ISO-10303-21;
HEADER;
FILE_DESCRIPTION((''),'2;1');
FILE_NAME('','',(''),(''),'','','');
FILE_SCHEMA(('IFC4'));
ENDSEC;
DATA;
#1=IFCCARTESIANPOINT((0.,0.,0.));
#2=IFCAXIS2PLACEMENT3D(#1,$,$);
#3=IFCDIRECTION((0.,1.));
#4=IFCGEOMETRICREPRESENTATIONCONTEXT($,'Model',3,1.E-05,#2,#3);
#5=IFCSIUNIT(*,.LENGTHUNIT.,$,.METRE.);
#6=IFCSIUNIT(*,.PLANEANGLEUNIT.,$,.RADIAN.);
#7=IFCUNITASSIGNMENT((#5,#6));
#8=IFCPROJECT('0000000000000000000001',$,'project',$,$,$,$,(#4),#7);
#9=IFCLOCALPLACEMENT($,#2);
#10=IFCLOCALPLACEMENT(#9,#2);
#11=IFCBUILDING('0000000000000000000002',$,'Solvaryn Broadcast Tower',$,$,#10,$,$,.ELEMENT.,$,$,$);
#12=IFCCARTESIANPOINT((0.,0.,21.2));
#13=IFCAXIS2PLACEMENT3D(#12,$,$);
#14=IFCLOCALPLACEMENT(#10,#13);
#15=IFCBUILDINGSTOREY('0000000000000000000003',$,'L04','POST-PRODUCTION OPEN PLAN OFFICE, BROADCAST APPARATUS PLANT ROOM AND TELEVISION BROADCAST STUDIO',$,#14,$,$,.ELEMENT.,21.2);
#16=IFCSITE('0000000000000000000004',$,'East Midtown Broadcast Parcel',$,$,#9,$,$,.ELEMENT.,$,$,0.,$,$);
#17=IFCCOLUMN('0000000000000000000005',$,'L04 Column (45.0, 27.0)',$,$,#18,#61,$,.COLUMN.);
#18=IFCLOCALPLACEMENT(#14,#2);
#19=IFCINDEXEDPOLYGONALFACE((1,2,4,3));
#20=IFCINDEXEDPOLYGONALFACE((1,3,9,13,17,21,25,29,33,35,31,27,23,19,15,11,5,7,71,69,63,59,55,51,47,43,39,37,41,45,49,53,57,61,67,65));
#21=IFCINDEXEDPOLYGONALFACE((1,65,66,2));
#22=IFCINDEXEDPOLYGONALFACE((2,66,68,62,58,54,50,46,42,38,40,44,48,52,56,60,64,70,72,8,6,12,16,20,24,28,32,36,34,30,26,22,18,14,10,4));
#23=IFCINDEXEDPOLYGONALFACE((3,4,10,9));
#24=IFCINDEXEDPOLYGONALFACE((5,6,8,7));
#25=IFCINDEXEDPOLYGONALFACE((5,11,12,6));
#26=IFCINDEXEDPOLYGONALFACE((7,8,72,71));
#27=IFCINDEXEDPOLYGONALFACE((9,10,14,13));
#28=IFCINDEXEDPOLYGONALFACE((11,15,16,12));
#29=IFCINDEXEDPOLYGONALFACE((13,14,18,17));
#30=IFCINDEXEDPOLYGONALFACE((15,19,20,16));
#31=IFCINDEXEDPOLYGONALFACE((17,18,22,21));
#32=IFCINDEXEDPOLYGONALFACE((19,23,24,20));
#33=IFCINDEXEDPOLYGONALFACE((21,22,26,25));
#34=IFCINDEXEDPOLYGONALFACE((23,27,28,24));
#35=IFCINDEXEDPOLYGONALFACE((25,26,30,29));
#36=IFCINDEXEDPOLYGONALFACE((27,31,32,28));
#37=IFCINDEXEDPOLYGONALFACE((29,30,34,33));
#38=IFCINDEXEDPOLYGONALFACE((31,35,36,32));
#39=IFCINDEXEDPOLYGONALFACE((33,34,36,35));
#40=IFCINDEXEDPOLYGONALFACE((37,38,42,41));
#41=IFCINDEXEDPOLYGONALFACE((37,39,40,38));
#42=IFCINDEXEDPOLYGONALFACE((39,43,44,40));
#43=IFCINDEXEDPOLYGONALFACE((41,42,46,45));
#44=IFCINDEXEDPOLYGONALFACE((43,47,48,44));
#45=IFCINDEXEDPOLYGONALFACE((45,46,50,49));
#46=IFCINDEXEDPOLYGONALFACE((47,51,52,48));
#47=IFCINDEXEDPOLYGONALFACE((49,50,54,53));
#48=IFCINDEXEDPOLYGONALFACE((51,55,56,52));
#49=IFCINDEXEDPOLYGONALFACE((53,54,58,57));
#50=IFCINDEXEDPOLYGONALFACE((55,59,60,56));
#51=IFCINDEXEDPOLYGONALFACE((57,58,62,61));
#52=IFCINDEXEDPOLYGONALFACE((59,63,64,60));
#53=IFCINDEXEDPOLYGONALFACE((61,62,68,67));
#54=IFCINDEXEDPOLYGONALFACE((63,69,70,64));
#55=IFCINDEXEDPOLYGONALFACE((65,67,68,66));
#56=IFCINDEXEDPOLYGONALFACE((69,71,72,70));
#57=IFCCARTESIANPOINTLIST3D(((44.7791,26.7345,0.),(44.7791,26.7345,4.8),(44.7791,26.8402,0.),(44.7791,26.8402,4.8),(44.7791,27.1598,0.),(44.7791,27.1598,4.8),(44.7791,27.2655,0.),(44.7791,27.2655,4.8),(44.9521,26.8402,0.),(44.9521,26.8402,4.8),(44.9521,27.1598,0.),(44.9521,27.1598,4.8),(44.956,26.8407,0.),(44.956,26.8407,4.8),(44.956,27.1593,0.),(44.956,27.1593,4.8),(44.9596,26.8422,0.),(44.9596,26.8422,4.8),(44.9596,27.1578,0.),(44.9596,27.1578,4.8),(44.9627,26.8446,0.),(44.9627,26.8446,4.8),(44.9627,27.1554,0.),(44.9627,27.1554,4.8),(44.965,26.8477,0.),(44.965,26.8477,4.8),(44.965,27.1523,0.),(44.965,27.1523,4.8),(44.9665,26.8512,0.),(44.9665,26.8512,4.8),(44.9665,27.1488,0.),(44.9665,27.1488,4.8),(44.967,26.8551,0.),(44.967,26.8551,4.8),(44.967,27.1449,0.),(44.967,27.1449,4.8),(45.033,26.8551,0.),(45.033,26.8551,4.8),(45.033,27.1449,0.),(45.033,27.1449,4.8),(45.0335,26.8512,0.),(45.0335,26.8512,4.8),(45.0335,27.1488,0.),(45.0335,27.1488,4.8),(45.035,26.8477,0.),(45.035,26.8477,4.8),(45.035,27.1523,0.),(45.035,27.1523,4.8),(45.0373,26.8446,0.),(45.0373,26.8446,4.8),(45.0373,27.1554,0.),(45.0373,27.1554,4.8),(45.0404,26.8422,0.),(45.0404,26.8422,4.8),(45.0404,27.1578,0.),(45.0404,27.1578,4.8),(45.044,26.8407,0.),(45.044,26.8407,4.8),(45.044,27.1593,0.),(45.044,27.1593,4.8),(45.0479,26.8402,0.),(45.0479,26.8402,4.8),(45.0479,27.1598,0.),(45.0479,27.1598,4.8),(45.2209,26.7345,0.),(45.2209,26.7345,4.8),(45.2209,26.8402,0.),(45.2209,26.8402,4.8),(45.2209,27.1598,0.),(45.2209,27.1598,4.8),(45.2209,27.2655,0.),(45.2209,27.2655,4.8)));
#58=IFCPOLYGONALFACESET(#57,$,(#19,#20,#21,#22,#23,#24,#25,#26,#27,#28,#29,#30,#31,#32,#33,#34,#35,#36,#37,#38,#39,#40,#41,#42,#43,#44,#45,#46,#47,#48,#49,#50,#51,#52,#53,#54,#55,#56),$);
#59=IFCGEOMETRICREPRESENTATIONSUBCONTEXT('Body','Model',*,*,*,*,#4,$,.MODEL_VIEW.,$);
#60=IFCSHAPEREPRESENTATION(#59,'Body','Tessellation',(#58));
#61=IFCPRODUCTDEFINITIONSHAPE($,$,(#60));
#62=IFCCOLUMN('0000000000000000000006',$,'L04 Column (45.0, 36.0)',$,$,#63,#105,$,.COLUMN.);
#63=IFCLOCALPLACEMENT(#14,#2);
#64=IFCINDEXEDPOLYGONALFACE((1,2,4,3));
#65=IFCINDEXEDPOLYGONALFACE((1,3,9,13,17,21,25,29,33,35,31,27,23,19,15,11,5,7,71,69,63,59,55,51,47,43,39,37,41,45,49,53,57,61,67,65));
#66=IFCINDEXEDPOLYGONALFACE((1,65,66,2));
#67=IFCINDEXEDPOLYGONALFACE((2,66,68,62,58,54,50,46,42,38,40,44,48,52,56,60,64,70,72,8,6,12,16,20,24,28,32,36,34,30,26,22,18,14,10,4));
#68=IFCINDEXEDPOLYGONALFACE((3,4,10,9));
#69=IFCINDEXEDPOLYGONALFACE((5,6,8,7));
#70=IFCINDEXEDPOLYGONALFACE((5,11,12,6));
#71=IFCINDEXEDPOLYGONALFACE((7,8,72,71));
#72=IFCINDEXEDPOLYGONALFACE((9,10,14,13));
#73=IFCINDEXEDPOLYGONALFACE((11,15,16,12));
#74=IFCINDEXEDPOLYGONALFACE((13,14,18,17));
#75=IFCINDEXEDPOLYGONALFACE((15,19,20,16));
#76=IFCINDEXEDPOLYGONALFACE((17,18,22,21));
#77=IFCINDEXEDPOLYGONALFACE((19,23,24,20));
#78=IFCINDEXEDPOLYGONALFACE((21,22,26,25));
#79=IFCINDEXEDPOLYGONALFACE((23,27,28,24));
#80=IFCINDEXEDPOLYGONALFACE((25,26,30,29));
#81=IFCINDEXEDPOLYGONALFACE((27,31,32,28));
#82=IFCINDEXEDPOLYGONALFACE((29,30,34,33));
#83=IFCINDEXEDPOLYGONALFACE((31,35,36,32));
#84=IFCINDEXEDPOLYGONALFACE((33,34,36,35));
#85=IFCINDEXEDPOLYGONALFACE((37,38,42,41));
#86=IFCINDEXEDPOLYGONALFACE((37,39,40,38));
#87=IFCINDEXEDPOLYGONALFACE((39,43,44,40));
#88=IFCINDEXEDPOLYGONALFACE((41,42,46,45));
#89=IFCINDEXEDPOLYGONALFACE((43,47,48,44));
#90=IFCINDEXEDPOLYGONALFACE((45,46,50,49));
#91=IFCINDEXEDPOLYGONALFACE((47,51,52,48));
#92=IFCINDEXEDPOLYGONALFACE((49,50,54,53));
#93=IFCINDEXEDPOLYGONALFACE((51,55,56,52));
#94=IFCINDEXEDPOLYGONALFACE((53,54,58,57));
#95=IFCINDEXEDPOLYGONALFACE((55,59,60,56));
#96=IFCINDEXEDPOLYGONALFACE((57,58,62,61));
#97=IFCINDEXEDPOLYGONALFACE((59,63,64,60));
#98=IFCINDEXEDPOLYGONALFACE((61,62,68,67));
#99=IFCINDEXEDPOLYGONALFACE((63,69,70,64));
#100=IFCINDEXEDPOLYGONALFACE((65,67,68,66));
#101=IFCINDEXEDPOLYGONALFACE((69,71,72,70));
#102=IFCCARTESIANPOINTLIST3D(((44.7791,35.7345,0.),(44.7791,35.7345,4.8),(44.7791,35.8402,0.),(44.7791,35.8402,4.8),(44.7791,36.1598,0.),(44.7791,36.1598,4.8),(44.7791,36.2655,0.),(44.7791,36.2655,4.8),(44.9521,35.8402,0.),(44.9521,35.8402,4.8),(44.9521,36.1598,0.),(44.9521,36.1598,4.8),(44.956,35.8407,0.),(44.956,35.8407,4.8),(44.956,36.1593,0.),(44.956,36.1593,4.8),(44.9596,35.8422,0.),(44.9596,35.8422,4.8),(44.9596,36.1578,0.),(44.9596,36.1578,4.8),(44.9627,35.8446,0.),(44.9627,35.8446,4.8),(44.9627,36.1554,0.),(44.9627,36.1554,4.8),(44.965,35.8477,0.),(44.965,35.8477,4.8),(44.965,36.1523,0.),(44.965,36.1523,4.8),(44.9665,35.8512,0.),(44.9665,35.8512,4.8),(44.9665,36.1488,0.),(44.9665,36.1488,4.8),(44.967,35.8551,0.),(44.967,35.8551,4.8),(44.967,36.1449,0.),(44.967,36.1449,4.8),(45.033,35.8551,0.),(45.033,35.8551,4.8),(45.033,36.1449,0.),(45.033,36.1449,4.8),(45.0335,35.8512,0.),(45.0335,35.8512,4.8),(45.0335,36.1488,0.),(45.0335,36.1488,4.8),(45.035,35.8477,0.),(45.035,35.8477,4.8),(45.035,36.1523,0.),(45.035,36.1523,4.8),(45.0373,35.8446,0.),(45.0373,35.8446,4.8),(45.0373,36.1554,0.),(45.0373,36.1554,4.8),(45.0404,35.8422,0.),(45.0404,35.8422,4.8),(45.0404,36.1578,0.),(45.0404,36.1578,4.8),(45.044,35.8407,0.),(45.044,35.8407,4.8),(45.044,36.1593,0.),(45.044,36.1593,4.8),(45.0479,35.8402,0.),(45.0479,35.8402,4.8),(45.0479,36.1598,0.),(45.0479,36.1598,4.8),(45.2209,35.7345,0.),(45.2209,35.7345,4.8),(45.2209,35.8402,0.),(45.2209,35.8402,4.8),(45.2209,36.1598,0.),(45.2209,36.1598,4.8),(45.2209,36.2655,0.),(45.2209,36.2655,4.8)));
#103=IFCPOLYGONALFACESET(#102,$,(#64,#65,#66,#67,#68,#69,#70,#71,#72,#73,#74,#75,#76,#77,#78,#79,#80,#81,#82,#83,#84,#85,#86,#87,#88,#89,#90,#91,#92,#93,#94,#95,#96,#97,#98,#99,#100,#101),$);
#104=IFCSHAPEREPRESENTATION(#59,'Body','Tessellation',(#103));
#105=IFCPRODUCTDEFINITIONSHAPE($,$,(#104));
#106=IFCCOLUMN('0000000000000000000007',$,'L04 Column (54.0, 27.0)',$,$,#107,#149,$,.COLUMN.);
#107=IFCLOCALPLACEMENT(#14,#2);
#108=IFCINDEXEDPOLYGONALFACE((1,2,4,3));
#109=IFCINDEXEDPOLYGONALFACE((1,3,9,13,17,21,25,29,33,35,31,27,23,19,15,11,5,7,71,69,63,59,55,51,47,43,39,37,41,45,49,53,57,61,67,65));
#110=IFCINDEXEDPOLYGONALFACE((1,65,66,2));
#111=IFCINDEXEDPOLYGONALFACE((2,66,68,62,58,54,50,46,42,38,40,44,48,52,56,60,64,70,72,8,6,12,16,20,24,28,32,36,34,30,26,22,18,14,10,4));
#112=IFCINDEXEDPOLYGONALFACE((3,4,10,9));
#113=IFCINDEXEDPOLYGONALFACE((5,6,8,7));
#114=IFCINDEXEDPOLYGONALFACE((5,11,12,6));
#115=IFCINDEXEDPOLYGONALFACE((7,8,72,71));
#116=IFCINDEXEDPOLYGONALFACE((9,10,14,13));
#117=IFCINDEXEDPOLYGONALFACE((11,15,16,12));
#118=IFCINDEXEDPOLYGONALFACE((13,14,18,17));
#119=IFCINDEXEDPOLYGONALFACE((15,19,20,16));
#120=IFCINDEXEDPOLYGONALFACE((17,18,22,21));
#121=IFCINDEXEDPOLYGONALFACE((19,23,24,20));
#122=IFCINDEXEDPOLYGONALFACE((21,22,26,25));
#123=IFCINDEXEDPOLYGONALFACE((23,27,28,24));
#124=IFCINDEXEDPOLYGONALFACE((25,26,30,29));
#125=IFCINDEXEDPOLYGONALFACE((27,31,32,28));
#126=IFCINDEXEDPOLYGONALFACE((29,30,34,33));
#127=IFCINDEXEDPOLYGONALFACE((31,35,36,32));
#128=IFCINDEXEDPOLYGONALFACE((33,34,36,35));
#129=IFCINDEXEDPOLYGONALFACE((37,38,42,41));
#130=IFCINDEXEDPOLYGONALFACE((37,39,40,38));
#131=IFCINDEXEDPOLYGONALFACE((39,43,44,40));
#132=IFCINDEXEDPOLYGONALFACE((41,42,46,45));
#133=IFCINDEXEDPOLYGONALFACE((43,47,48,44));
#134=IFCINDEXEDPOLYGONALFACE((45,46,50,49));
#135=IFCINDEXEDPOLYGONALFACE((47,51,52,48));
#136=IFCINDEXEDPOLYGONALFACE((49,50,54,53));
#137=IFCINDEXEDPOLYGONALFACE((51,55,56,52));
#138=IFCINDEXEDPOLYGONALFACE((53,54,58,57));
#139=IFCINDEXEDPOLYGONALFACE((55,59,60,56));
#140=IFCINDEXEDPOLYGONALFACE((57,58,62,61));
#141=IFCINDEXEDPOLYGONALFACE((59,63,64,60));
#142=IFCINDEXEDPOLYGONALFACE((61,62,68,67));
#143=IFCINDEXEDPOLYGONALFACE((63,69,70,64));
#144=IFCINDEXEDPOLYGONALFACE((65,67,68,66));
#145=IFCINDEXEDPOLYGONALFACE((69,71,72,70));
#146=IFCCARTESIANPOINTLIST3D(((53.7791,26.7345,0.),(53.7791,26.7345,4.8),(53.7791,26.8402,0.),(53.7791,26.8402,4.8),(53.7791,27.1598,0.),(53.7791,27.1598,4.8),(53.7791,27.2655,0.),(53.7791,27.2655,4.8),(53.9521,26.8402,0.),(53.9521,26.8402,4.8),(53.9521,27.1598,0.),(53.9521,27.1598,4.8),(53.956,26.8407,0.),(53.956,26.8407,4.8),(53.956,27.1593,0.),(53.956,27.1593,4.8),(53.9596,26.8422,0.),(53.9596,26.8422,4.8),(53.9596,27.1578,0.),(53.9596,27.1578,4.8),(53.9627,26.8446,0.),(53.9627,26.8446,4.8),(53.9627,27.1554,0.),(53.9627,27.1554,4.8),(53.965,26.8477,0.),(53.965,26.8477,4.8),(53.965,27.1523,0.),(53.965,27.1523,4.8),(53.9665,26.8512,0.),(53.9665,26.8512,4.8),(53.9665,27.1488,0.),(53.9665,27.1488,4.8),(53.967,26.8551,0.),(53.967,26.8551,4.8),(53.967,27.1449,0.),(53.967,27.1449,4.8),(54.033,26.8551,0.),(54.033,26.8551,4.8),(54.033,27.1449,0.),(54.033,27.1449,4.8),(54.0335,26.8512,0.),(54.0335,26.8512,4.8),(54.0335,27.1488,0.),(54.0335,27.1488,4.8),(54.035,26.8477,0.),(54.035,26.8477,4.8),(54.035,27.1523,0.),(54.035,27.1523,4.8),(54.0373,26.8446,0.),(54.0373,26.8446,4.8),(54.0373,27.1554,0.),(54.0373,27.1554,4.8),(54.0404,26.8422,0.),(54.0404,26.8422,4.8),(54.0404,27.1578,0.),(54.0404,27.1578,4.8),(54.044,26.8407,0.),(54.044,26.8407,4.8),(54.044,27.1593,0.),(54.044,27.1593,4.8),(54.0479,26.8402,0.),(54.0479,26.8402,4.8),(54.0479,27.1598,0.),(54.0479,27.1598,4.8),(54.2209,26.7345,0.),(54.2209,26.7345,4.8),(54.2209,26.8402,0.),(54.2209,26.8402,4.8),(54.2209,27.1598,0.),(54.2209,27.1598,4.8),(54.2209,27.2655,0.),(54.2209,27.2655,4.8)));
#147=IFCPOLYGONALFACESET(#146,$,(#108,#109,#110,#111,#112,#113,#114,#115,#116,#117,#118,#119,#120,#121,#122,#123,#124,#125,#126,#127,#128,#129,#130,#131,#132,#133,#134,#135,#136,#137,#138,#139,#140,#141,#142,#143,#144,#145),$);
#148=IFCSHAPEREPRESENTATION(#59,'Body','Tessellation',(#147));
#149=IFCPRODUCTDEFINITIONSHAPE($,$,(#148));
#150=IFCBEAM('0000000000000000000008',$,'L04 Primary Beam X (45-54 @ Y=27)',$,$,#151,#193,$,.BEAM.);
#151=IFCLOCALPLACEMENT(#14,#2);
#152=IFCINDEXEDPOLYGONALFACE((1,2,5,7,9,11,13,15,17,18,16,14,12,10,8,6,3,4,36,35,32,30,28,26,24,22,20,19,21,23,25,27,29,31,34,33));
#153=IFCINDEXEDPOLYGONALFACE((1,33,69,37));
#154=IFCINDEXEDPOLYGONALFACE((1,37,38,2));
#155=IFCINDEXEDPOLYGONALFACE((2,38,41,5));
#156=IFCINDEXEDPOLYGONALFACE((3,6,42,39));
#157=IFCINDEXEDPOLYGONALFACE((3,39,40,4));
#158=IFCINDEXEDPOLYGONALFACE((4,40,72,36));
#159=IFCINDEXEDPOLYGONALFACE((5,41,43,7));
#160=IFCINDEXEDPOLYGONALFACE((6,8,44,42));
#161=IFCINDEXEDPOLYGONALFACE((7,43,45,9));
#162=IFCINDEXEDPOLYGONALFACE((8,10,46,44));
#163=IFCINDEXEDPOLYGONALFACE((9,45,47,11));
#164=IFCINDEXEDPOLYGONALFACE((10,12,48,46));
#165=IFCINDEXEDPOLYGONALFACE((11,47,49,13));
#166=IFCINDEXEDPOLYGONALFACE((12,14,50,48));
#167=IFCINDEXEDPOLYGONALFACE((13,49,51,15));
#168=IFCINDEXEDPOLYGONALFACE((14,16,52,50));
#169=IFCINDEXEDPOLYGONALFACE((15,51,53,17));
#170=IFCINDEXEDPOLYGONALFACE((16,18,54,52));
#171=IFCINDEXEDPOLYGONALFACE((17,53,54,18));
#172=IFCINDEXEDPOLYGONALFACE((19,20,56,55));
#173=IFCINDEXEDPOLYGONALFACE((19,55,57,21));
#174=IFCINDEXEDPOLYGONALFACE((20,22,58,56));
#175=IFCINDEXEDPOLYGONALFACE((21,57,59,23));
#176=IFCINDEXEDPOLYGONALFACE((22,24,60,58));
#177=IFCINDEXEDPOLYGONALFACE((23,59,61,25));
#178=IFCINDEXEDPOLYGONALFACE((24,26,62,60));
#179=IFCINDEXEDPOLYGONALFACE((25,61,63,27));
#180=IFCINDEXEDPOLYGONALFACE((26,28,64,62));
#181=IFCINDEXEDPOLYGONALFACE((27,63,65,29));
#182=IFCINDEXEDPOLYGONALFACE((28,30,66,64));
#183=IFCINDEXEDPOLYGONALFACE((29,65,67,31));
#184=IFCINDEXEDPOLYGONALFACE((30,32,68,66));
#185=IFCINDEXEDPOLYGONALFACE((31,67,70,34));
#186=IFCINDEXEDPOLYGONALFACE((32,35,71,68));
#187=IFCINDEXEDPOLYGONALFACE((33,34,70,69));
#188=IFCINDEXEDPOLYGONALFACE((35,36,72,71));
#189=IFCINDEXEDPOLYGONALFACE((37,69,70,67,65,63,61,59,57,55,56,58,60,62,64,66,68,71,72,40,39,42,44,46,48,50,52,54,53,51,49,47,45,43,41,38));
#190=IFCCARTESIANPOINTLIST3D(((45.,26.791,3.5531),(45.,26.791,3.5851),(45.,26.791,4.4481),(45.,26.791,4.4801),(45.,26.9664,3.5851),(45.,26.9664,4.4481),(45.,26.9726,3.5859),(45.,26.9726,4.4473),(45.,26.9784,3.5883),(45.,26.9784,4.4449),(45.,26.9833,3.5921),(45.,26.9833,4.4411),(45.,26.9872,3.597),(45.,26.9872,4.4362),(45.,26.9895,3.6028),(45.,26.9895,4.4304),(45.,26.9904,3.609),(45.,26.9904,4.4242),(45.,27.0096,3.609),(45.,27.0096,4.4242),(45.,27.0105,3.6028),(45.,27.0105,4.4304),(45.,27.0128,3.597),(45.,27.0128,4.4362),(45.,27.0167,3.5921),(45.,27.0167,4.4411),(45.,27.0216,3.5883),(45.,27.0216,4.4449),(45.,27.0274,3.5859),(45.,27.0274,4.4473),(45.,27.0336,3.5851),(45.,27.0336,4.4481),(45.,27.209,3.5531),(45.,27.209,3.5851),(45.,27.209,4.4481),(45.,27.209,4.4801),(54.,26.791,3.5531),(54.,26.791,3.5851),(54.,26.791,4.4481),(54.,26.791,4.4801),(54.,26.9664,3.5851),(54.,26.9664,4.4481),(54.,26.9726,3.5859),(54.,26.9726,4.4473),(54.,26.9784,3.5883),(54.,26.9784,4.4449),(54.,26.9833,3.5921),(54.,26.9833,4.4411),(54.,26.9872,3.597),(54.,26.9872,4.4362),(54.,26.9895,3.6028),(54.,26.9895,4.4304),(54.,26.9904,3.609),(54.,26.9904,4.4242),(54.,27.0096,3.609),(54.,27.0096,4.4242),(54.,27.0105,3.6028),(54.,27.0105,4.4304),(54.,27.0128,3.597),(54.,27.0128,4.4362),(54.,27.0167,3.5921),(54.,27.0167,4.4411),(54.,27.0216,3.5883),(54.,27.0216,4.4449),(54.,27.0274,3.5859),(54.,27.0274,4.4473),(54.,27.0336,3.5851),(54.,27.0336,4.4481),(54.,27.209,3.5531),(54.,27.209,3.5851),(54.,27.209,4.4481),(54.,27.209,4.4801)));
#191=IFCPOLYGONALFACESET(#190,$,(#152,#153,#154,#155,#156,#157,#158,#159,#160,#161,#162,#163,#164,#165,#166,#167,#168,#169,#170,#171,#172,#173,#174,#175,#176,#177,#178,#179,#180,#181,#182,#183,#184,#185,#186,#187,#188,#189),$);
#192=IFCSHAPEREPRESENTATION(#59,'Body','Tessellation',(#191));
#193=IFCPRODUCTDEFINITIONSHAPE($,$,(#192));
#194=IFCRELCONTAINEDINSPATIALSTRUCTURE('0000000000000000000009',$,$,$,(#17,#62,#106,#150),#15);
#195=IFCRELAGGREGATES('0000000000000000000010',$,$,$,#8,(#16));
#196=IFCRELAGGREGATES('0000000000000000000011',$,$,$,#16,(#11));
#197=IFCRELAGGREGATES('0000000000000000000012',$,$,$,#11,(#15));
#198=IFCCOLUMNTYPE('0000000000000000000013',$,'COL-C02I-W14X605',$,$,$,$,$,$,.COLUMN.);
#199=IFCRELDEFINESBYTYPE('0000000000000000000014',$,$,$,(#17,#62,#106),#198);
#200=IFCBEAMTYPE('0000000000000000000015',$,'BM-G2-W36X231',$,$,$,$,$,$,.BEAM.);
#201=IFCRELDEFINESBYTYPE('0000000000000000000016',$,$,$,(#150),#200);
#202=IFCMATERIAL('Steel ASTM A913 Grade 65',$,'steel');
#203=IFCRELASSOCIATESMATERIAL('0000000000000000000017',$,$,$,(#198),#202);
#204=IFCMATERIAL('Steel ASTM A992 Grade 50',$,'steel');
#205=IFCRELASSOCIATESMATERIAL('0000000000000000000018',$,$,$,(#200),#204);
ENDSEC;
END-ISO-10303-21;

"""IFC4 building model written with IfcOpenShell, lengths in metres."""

from ifc_helpers import new_model, si_unit, direction, frame, origin, origin_2d, place, context, subcontext, project, spatial, i_section, extrude, material, material_profile, profile_set, type_object, element, save


model = new_model("IFC4")

# Units and contexts
model_context = context("Model", 3, precision=1e-05, world=origin(), true_north=direction((0.0, 1.0)))
body_context = subcontext(model_context, "Body", "Model", "MODEL_VIEW")
ifc_project = project(units=[si_unit("LENGTHUNIT", "METRE"), si_unit("PLANEANGLEUNIT", "RADIAN")], contexts=[model_context])

# Site, building, storey
site_placement = place(None, origin())
site = spatial("IfcSite", under=ifc_project, at=site_placement, Name="East Midtown Broadcast Parcel", CompositionType="ELEMENT", RefElevation=0.0)
building_placement = place(site_placement, origin())
building = spatial("IfcBuilding", under=site, at=building_placement, Name="Solvaryn Broadcast Tower", CompositionType="ELEMENT")
storey_placement = place(building_placement, frame((0.0, 0.0, 21.2)))
storey = spatial("IfcBuildingStorey", under=building, at=storey_placement, Name="L04", Description="POST-PRODUCTION OPEN PLAN OFFICE, BROADCAST APPARATUS PLANT ROOM AND TELEVISION BROADCAST STUDIO", CompositionType="ELEMENT", Elevation=21.2)

# Columns
ifc_material_1 = material(Name="Steel ASTM A913 Grade 65", Category="steel")
ifc_material_profile_1 = material_profile(ifc_material_1, i_section(OverallWidth=0.4419, OverallDepth=0.531, WebThickness=0.0659, FlangeThickness=0.1057, FilletRadius=0.0149, at=origin_2d()))
ifc_profile_set_1 = profile_set([ifc_material_profile_1], Name="Steel ASTM A913 Grade 65")
column_type = type_object("IfcColumnType", Name="COL-C02I-W14X605", PredefinedType="COLUMN", material=ifc_profile_set_1)
for number, where, z_axis, x_axis, name in (
    (1, (45.0, 27.0, 0.0), (0.0, 0.0, 1.0), (1.0, 0.0, 0.0), "L04 Column (45.0, 27.0)"),
    (2, (45.0, 36.0, 0.0), (0.0, 0.0, 1.0), (1.0, 0.0, 0.0), "L04 Column (45.0, 36.0)"),
    (3, (54.0, 27.0, 0.0), (0.0, 0.0, 1.0), (1.0, 0.0, 0.0), "L04 Column (54.0, 27.0)"),
):
    element("IfcColumn", number, at=place(storey_placement, frame(where, z_axis=z_axis, x_axis=x_axis)), inside=storey, type_object=column_type, Name=name, PredefinedType="COLUMN", context=body_context, shape_type="SweptSolid", body=[
        extrude(i_section(OverallWidth=0.4419, OverallDepth=0.531, WebThickness=0.0659, FlangeThickness=0.1057, FilletRadius=0.0149, at=origin_2d()), origin(), (0.0, 0.0, 1.0), 4.8),
    ])

# Beam
ifc_material_2 = material(Name="Steel ASTM A992 Grade 50", Category="steel")
ifc_material_profile_2 = material_profile(ifc_material_2, i_section(OverallWidth=0.418, OverallDepth=0.927, WebThickness=0.0193, FlangeThickness=0.032, FilletRadius=0.0239, at=origin_2d()))
ifc_profile_set_2 = profile_set([ifc_material_profile_2], Name="Steel ASTM A992 Grade 50")
beam_type_1 = type_object("IfcBeamType", Name="BM-G2-W36X231", PredefinedType="BEAM", material=ifc_profile_set_2)
for number, where, z_axis, x_axis, name in (
    (4, (45.0, 27.0, 4.0166), (1.0, 0.0, 0.0), (0.0, 1.0, 0.0), "L04 Primary Beam X (45-54 @ Y=27)"),
):
    element("IfcBeam", number, at=place(storey_placement, frame(where, z_axis=z_axis, x_axis=x_axis)), inside=storey, type_object=beam_type_1, Name=name, PredefinedType="BEAM", context=body_context, shape_type="SweptSolid", body=[
        extrude(i_section(OverallWidth=0.418, OverallDepth=0.927, WebThickness=0.0193, FlangeThickness=0.032, FilletRadius=0.0239, at=origin_2d()), origin(), (0.0, 0.0, 1.0), 9.0),
    ])

save(model, "model.ifc")
